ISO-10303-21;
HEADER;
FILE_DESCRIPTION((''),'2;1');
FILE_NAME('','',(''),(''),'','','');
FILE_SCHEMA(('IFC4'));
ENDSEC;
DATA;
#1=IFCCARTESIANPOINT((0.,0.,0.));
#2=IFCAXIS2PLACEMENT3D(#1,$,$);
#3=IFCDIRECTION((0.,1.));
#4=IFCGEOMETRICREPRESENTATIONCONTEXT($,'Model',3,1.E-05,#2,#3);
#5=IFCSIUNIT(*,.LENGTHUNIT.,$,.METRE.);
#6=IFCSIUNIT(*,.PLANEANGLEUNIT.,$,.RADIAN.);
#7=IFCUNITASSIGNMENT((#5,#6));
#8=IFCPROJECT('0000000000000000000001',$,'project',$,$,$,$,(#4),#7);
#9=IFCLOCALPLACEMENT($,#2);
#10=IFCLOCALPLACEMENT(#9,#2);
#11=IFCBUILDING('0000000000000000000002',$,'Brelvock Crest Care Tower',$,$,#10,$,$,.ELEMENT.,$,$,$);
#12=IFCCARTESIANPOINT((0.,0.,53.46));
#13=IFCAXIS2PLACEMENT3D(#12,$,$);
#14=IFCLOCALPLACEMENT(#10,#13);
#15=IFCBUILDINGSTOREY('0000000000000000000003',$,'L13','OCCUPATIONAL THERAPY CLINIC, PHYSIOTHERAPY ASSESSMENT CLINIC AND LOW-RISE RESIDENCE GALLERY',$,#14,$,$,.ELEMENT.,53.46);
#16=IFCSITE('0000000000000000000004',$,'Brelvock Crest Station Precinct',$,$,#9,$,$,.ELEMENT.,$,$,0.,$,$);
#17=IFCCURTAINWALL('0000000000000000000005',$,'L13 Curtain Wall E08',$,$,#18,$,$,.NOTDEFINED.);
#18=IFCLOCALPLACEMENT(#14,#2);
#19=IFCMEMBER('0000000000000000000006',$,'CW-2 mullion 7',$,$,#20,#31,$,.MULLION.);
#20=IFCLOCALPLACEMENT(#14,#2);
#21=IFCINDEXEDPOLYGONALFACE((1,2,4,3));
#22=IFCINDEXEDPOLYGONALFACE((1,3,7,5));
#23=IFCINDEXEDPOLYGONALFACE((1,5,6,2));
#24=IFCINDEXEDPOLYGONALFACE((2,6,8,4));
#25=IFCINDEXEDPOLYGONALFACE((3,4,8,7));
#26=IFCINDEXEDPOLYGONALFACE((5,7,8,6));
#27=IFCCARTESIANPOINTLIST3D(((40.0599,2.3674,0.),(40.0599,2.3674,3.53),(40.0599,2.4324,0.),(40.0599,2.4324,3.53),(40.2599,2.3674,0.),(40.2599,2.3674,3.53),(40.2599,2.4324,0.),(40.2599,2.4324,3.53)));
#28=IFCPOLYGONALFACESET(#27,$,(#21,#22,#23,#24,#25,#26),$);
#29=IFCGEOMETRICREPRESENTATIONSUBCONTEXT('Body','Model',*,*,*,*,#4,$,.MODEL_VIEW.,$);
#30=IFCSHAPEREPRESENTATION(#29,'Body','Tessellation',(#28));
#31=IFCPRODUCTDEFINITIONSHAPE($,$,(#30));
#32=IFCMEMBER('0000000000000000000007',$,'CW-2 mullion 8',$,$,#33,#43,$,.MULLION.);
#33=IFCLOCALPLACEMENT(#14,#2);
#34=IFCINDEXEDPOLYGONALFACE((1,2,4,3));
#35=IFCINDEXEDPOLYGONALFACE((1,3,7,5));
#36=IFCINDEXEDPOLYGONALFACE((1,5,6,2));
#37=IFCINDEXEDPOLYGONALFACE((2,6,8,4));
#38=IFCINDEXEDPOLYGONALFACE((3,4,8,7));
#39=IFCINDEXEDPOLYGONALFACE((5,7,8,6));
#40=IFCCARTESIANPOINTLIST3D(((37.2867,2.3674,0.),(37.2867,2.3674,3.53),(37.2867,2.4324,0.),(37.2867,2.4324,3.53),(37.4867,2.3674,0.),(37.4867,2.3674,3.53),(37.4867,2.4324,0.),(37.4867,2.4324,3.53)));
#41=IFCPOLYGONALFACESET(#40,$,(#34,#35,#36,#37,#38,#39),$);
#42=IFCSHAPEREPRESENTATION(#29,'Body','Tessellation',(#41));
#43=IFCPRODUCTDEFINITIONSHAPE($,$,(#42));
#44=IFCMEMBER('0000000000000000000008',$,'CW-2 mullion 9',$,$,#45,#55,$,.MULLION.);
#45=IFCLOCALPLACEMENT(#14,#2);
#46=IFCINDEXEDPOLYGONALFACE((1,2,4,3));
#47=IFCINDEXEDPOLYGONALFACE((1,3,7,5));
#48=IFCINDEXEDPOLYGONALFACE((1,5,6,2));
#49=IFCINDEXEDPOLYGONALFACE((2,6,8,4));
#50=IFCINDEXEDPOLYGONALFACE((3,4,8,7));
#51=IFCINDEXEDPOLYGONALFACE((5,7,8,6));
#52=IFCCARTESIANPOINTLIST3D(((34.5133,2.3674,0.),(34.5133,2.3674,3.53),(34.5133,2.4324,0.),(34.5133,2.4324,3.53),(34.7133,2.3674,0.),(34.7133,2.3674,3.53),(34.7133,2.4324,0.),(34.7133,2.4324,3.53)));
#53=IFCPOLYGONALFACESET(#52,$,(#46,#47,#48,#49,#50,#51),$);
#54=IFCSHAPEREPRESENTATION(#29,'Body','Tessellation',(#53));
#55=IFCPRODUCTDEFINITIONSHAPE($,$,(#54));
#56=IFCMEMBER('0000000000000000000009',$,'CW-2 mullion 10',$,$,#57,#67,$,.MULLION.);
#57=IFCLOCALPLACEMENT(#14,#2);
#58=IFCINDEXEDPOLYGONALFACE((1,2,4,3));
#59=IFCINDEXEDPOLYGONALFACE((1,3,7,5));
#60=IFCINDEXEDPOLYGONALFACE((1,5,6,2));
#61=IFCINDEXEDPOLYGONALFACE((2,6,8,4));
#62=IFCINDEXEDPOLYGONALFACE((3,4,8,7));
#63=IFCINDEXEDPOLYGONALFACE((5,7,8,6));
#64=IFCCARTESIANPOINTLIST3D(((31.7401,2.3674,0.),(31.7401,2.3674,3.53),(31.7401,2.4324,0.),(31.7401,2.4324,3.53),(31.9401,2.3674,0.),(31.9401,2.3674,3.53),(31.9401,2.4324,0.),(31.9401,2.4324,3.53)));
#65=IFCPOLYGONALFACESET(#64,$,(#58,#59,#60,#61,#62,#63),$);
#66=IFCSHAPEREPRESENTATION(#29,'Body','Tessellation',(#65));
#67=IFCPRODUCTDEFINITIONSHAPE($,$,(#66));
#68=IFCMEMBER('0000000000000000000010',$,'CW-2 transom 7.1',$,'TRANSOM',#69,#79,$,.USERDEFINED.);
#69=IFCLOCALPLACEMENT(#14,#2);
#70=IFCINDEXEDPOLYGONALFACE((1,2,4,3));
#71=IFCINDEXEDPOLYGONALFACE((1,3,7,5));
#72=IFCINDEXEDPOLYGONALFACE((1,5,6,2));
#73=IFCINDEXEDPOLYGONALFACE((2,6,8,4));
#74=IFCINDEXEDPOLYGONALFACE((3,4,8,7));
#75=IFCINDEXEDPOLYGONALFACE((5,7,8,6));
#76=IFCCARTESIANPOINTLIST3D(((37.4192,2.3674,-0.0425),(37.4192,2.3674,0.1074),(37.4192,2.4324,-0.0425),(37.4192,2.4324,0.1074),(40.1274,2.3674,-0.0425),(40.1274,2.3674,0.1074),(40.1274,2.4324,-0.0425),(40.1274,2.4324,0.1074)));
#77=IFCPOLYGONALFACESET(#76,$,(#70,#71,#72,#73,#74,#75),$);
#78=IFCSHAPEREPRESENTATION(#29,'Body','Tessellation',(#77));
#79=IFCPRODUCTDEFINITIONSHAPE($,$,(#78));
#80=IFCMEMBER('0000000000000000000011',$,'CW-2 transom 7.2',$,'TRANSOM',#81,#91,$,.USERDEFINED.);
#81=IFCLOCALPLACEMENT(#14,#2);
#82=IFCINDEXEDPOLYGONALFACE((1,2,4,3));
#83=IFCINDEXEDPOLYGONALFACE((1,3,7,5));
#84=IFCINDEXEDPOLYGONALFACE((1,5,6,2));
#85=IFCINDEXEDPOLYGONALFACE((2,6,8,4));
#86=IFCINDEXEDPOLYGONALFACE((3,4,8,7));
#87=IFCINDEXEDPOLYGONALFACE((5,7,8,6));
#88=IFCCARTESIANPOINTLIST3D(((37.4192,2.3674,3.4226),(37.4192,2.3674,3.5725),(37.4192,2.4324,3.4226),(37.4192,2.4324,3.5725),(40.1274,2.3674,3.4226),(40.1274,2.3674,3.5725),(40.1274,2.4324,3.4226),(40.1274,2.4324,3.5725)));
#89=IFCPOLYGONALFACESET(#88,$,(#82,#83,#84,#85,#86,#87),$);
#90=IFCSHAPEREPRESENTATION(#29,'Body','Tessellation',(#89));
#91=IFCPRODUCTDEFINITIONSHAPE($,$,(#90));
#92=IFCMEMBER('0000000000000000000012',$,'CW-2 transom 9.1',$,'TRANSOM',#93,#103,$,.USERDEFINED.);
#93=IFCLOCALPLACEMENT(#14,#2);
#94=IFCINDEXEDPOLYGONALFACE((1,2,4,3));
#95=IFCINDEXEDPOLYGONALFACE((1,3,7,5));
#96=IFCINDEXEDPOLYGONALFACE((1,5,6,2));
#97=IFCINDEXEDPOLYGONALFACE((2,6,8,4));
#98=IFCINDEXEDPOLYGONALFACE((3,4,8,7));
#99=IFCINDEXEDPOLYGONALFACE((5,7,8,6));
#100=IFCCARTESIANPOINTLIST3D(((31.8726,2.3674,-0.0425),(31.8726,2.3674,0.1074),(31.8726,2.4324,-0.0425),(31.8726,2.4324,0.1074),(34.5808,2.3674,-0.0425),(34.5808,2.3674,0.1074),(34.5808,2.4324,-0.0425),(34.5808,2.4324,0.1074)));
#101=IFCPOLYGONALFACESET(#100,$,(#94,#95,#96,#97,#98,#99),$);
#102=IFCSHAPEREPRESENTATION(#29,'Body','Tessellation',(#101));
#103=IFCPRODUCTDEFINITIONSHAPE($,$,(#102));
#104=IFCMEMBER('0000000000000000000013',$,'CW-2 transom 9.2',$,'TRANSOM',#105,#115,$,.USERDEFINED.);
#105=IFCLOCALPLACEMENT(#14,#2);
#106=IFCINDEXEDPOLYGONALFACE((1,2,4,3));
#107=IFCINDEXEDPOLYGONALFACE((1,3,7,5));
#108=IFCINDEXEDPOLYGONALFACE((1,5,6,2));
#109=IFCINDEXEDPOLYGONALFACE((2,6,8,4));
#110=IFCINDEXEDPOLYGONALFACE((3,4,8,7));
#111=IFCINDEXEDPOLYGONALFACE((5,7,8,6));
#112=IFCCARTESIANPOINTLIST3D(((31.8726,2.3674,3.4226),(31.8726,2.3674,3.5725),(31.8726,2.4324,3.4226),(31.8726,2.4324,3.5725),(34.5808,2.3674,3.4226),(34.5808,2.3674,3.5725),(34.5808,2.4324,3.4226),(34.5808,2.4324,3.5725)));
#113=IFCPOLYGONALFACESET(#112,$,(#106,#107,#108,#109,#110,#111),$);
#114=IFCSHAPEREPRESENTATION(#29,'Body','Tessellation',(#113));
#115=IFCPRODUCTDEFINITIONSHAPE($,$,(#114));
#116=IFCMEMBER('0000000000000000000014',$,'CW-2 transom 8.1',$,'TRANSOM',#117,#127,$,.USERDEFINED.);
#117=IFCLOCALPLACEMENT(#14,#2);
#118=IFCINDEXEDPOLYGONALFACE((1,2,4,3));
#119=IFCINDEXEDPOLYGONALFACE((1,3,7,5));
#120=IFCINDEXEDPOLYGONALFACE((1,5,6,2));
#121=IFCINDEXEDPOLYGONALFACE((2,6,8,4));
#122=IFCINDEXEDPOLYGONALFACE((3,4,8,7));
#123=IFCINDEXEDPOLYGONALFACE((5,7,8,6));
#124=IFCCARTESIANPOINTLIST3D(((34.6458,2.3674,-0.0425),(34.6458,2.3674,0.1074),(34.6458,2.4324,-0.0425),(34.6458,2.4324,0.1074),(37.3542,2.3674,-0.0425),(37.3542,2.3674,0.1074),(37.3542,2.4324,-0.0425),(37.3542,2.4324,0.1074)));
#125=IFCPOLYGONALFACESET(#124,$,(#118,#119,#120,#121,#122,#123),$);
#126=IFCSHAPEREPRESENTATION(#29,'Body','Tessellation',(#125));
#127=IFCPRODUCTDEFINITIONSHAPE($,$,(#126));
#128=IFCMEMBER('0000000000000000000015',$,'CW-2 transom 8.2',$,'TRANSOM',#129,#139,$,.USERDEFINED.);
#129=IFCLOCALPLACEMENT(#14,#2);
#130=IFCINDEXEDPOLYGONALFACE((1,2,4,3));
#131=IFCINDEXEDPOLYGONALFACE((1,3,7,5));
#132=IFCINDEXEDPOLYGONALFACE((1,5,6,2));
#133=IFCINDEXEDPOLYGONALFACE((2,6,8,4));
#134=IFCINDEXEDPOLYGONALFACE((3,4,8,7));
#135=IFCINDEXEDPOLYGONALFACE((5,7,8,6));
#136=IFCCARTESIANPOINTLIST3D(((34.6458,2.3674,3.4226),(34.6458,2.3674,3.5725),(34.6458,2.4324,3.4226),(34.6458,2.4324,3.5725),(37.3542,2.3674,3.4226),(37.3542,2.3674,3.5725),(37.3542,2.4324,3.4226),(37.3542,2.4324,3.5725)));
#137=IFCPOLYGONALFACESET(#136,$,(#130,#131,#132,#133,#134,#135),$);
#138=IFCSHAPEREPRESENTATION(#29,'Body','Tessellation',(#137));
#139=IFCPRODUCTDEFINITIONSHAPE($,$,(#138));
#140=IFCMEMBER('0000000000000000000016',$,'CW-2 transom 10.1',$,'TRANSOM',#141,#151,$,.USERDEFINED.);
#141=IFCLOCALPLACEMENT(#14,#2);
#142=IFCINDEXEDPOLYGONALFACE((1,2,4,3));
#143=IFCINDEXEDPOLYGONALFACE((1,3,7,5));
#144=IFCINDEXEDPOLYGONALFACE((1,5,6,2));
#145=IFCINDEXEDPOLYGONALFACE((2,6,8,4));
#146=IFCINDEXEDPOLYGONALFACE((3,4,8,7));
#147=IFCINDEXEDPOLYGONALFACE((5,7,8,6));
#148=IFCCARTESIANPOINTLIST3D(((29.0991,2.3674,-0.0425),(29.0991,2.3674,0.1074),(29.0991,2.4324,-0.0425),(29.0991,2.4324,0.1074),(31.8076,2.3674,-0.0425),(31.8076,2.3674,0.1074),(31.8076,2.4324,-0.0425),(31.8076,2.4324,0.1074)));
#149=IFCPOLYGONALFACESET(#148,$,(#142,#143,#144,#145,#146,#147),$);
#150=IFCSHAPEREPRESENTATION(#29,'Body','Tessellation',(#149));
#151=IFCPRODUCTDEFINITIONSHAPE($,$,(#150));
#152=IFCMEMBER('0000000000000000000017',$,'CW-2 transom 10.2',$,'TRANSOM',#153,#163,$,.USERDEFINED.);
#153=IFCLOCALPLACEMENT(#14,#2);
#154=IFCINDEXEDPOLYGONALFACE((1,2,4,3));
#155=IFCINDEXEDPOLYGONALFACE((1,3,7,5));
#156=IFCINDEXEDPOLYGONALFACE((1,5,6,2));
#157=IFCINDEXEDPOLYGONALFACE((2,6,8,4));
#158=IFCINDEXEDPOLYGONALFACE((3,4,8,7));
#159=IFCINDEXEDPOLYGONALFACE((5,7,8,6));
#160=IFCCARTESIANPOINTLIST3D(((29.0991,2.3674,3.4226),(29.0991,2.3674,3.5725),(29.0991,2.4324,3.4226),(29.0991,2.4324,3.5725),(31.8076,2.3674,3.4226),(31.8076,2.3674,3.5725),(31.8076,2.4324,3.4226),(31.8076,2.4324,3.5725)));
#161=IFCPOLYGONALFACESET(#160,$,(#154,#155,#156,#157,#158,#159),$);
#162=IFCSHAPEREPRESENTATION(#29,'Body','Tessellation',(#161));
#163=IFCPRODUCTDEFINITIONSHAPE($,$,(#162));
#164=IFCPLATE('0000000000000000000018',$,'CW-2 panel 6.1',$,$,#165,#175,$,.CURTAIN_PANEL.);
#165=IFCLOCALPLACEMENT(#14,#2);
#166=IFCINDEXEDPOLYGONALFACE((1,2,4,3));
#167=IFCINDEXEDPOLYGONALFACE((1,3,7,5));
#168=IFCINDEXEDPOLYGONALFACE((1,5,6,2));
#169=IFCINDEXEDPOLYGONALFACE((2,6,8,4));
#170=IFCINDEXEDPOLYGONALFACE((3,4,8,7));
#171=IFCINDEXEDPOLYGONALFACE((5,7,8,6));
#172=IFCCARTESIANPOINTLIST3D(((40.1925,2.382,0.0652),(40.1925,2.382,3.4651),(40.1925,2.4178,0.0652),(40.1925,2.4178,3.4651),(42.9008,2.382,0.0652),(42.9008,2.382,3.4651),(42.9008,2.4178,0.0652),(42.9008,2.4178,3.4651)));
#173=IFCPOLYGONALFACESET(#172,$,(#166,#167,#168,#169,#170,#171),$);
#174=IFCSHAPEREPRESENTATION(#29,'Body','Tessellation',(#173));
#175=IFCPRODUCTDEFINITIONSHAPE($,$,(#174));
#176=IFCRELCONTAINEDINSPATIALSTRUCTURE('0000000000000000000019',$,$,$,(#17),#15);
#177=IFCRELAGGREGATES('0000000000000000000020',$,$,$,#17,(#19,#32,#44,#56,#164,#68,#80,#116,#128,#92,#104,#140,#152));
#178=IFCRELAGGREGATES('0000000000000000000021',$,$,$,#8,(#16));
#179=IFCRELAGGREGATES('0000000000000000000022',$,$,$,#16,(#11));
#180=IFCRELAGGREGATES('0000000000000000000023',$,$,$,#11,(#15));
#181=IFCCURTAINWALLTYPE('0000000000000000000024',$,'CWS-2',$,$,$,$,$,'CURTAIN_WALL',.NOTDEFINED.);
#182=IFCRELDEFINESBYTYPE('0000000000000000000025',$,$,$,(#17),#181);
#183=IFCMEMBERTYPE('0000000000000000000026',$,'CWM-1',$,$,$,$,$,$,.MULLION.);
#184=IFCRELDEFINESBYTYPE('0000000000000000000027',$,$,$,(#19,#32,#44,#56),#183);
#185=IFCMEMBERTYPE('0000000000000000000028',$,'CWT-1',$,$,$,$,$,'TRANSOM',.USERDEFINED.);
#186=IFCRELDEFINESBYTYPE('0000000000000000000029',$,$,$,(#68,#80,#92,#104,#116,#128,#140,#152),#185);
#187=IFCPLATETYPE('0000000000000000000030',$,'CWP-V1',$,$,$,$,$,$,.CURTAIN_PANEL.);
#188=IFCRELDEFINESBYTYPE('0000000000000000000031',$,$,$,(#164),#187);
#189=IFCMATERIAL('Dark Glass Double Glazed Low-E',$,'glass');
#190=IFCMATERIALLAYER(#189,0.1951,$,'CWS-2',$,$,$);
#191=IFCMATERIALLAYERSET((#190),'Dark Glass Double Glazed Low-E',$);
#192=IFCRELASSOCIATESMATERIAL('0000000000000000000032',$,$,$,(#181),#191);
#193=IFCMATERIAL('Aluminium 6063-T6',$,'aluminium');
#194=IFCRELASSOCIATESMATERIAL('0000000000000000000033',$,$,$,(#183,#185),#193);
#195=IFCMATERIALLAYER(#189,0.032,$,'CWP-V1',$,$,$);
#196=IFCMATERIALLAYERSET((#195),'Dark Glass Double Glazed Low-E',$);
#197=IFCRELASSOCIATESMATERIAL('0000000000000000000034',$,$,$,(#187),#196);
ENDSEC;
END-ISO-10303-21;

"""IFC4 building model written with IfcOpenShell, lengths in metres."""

from ifc_helpers import new_model, si_unit, direction, frame, origin, origin_2d, place, context, subcontext, project, spatial, rectangle, extrude, source, transform, mapped, material, layer, layer_set, material_profile, profile_set, type_object, element, aggregate, save


model = new_model("IFC4")

# Units and contexts
model_context = context("Model", 3, precision=1e-05, world=origin(), true_north=direction((0.0, 1.0)))
body_context = subcontext(model_context, "Body", "Model", "MODEL_VIEW")
ifc_project = project(units=[si_unit("LENGTHUNIT", "METRE"), si_unit("PLANEANGLEUNIT", "RADIAN")], contexts=[model_context])

# Site, building, storey
site_placement = place(None, origin())
site = spatial("IfcSite", under=ifc_project, at=site_placement, Name="Brelvock Crest Station Precinct", CompositionType="ELEMENT", RefElevation=0.0)
building_placement = place(site_placement, origin())
building = spatial("IfcBuilding", under=site, at=building_placement, Name="Brelvock Crest Care Tower", CompositionType="ELEMENT")
storey_placement = place(building_placement, frame((0.0, 0.0, 53.46)))
storey = spatial("IfcBuildingStorey", under=building, at=storey_placement, Name="L13", Description="OCCUPATIONAL THERAPY CLINIC, PHYSIOTHERAPY ASSESSMENT CLINIC AND LOW-RISE RESIDENCE GALLERY", CompositionType="ELEMENT", Elevation=53.46)

# Curtain wall, members, plate
ifc_material_1 = material(Name="Dark Glass Double Glazed Low-E", Category="glass")
ifc_layer_1 = layer(ifc_material_1, 0.1951, Name="CWS-2")
ifc_layer_set_1 = layer_set([ifc_layer_1], Name="Dark Glass Double Glazed Low-E")
curtain_wall_type = type_object("IfcCurtainWallType", Name="CWS-2", ElementType="CURTAIN_WALL", PredefinedType="NOTDEFINED", material=ifc_layer_set_1)
curtain_wall_placement = place(storey_placement, origin())
curtain_wall = element("IfcCurtainWall", 1, at=curtain_wall_placement, inside=storey, type_object=curtain_wall_type, Name="L13 Curtain Wall E08", PredefinedType="NOTDEFINED")
ifc_material_2 = material(Name="Aluminium 6063-T6", Category="aluminium")
ifc_material_profile_1 = material_profile(ifc_material_2, rectangle(XDim=0.0649, YDim=0.2, at=origin_2d()), Name="ALU65x200")
ifc_profile_set_1 = profile_set([ifc_material_profile_1], Name="Aluminium 6063-T6")
member_type_1 = type_object("IfcMemberType", Name="CWM-1", PredefinedType="MULLION", material=ifc_profile_set_1)
shared_shape_1 = source(origin(), body_context, "Body", "SweptSolid", [
    extrude(rectangle(XDim=0.0649, YDim=0.2, at=origin_2d()), origin(), (0.0, 0.0, 1.0), 3.53),
])
member_1_placement = place(storey_placement, frame((40.1599, 2.3999, 0.0), z_axis=(0.0, 0.0, 1.0), x_axis=(0.0, -1.0, 0.0)))
member_1 = element("IfcMember", 2, at=member_1_placement, type_object=member_type_1, Name="CW-2 mullion 7", PredefinedType="MULLION", context=body_context, shape_type="MappedRepresentation", body=[
    mapped(shared_shape_1, transform((0.0, 0.0, 0.0), x_axis=(1.0, 0.0, 0.0), y_axis=(0.0, 1.0, 0.0), z_axis=(0.0, 0.0, 1.0), scale=1.0)),
])
member_2_placement = place(storey_placement, frame((37.3867, 2.3999, 0.0), z_axis=(0.0, 0.0, 1.0), x_axis=(0.0, -1.0, 0.0)))
member_2 = element("IfcMember", 3, at=member_2_placement, type_object=member_type_1, Name="CW-2 mullion 8", PredefinedType="MULLION", context=body_context, shape_type="MappedRepresentation", body=[
    mapped(shared_shape_1, transform((0.0, 0.0, 0.0), x_axis=(1.0, 0.0, 0.0), y_axis=(0.0, 1.0, 0.0), z_axis=(0.0, 0.0, 1.0), scale=1.0)),
])
member_3_placement = place(storey_placement, frame((34.6133, 2.3999, 0.0), z_axis=(0.0, 0.0, 1.0), x_axis=(0.0, -1.0, 0.0)))
member_3 = element("IfcMember", 4, at=member_3_placement, type_object=member_type_1, Name="CW-2 mullion 9", PredefinedType="MULLION", context=body_context, shape_type="MappedRepresentation", body=[
    mapped(shared_shape_1, transform((0.0, 0.0, 0.0), x_axis=(1.0, 0.0, 0.0), y_axis=(0.0, 1.0, 0.0), z_axis=(0.0, 0.0, 1.0), scale=1.0)),
])
member_4_placement = place(storey_placement, frame((31.8401, 2.3999, 0.0), z_axis=(0.0, 0.0, 1.0), x_axis=(0.0, -1.0, 0.0)))
member_4 = element("IfcMember", 5, at=member_4_placement, type_object=member_type_1, Name="CW-2 mullion 10", PredefinedType="MULLION", context=body_context, shape_type="MappedRepresentation", body=[
    mapped(shared_shape_1, transform((0.0, 0.0, 0.0), x_axis=(1.0, 0.0, 0.0), y_axis=(0.0, 1.0, 0.0), z_axis=(0.0, 0.0, 1.0), scale=1.0)),
])
ifc_material_profile_2 = material_profile(ifc_material_2, rectangle(XDim=0.0649, YDim=0.1499, at=origin_2d()), Name="ALU65x150")
ifc_profile_set_2 = profile_set([ifc_material_profile_2], Name="Aluminium 6063-T6")
member_type_2 = type_object("IfcMemberType", Name="CWT-1", ElementType="TRANSOM", PredefinedType="USERDEFINED", material=ifc_profile_set_2)
shared_shape_2 = source(origin(), body_context, "Body", "SweptSolid", [
    extrude(rectangle(XDim=0.0649, YDim=0.1499, at=origin_2d()), origin(), (0.0, 0.0, 1.0), 2.7083),
])
member_5_placement = place(storey_placement, frame((40.1274, 2.3999, 0.0325), z_axis=(-1.0, 0.0, 0.0), x_axis=(0.0, -1.0, 0.0)))
member_5 = element("IfcMember", 6, at=member_5_placement, type_object=member_type_2, Name="CW-2 transom 7.1", ObjectType="TRANSOM", PredefinedType="USERDEFINED", context=body_context, shape_type="MappedRepresentation", body=[
    mapped(shared_shape_2, transform((0.0, 0.0, 0.0), x_axis=(1.0, 0.0, 0.0), y_axis=(0.0, 1.0, 0.0), z_axis=(0.0, 0.0, 1.0), scale=1.0)),
])
member_6_placement = place(storey_placement, frame((40.1274, 2.3999, 3.4976), z_axis=(-1.0, 0.0, 0.0), x_axis=(0.0, -1.0, 0.0)))
member_6 = element("IfcMember", 7, at=member_6_placement, type_object=member_type_2, Name="CW-2 transom 7.2", ObjectType="TRANSOM", PredefinedType="USERDEFINED", context=body_context, shape_type="MappedRepresentation", body=[
    mapped(shared_shape_2, transform((0.0, 0.0, 0.0), x_axis=(1.0, 0.0, 0.0), y_axis=(0.0, 1.0, 0.0), z_axis=(0.0, 0.0, 1.0), scale=1.0)),
])
member_7_placement = place(storey_placement, frame((34.5808, 2.3999, 0.0325), z_axis=(-1.0, 0.0, 0.0), x_axis=(0.0, -1.0, 0.0)))
member_7 = element("IfcMember", 8, at=member_7_placement, type_object=member_type_2, Name="CW-2 transom 9.1", ObjectType="TRANSOM", PredefinedType="USERDEFINED", context=body_context, shape_type="MappedRepresentation", body=[
    mapped(shared_shape_2, transform((0.0, 0.0, 0.0), x_axis=(1.0, 0.0, 0.0), y_axis=(0.0, 1.0, 0.0), z_axis=(0.0, 0.0, 1.0), scale=1.0)),
])
member_8_placement = place(storey_placement, frame((34.5808, 2.3999, 3.4976), z_axis=(-1.0, 0.0, 0.0), x_axis=(0.0, -1.0, 0.0)))
member_8 = element("IfcMember", 9, at=member_8_placement, type_object=member_type_2, Name="CW-2 transom 9.2", ObjectType="TRANSOM", PredefinedType="USERDEFINED", context=body_context, shape_type="MappedRepresentation", body=[
    mapped(shared_shape_2, transform((0.0, 0.0, 0.0), x_axis=(1.0, 0.0, 0.0), y_axis=(0.0, 1.0, 0.0), z_axis=(0.0, 0.0, 1.0), scale=1.0)),
])
shared_shape_3 = source(origin(), body_context, "Body", "SweptSolid", [
    extrude(rectangle(XDim=0.0649, YDim=0.1499, at=origin_2d()), origin(), (0.0, 0.0, 1.0), 2.7085),
])
member_9_placement = place(storey_placement, frame((37.3542, 2.3999, 0.0325), z_axis=(-1.0, 0.0, 0.0), x_axis=(0.0, -1.0, 0.0)))
member_9 = element("IfcMember", 10, at=member_9_placement, type_object=member_type_2, Name="CW-2 transom 8.1", ObjectType="TRANSOM", PredefinedType="USERDEFINED", context=body_context, shape_type="MappedRepresentation", body=[
    mapped(shared_shape_3, transform((0.0, 0.0, 0.0), x_axis=(1.0, 0.0, 0.0), y_axis=(0.0, 1.0, 0.0), z_axis=(0.0, 0.0, 1.0), scale=1.0)),
])
member_10_placement = place(storey_placement, frame((37.3542, 2.3999, 3.4976), z_axis=(-1.0, 0.0, 0.0), x_axis=(0.0, -1.0, 0.0)))
member_10 = element("IfcMember", 11, at=member_10_placement, type_object=member_type_2, Name="CW-2 transom 8.2", ObjectType="TRANSOM", PredefinedType="USERDEFINED", context=body_context, shape_type="MappedRepresentation", body=[
    mapped(shared_shape_3, transform((0.0, 0.0, 0.0), x_axis=(1.0, 0.0, 0.0), y_axis=(0.0, 1.0, 0.0), z_axis=(0.0, 0.0, 1.0), scale=1.0)),
])
member_11_placement = place(storey_placement, frame((31.8076, 2.3999, 0.0325), z_axis=(-1.0, 0.0, 0.0), x_axis=(0.0, -1.0, 0.0)))
member_11 = element("IfcMember", 12, at=member_11_placement, type_object=member_type_2, Name="CW-2 transom 10.1", ObjectType="TRANSOM", PredefinedType="USERDEFINED", context=body_context, shape_type="MappedRepresentation", body=[
    mapped(shared_shape_3, transform((0.0, 0.0, 0.0), x_axis=(1.0, 0.0, 0.0), y_axis=(0.0, 1.0, 0.0), z_axis=(0.0, 0.0, 1.0), scale=1.0)),
])
member_12_placement = place(storey_placement, frame((31.8076, 2.3999, 3.4976), z_axis=(-1.0, 0.0, 0.0), x_axis=(0.0, -1.0, 0.0)))
member_12 = element("IfcMember", 13, at=member_12_placement, type_object=member_type_2, Name="CW-2 transom 10.2", ObjectType="TRANSOM", PredefinedType="USERDEFINED", context=body_context, shape_type="MappedRepresentation", body=[
    mapped(shared_shape_3, transform((0.0, 0.0, 0.0), x_axis=(1.0, 0.0, 0.0), y_axis=(0.0, 1.0, 0.0), z_axis=(0.0, 0.0, 1.0), scale=1.0)),
])
ifc_layer_2 = layer(ifc_material_1, 0.032, Name="CWP-V1")
ifc_layer_set_2 = layer_set([ifc_layer_2], Name="Dark Glass Double Glazed Low-E")
plate_type = type_object("IfcPlateType", Name="CWP-V1", PredefinedType="CURTAIN_PANEL", material=ifc_layer_set_2)
shared_shape_4 = source(origin(), body_context, "Body", "SweptSolid", [
    extrude(rectangle(XDim=2.7083, YDim=0.0359, at=origin_2d()), origin(), (0.0, 0.0, 1.0), 3.3999),
])
plate_1_placement = place(storey_placement, frame((41.5466, 2.3999, 0.0652), z_axis=(0.0, 0.0, 1.0), x_axis=(-1.0, 0.0, 0.0)))
plate_1 = element("IfcPlate", 14, at=plate_1_placement, type_object=plate_type, Name="CW-2 panel 6.1", PredefinedType="CURTAIN_PANEL", context=body_context, shape_type="MappedRepresentation", body=[
    mapped(shared_shape_4, transform((0.0, 0.0, 0.0), x_axis=(1.0, 0.0, 0.0), y_axis=(0.0, 1.0, 0.0), z_axis=(0.0, 0.0, 1.0), scale=1.0)),
])
aggregate(curtain_wall, [member_1, member_2, member_3, member_4, plate_1, member_5, member_6, member_9, member_10, member_7, member_8, member_11, member_12])

save(model, "model.ifc")
